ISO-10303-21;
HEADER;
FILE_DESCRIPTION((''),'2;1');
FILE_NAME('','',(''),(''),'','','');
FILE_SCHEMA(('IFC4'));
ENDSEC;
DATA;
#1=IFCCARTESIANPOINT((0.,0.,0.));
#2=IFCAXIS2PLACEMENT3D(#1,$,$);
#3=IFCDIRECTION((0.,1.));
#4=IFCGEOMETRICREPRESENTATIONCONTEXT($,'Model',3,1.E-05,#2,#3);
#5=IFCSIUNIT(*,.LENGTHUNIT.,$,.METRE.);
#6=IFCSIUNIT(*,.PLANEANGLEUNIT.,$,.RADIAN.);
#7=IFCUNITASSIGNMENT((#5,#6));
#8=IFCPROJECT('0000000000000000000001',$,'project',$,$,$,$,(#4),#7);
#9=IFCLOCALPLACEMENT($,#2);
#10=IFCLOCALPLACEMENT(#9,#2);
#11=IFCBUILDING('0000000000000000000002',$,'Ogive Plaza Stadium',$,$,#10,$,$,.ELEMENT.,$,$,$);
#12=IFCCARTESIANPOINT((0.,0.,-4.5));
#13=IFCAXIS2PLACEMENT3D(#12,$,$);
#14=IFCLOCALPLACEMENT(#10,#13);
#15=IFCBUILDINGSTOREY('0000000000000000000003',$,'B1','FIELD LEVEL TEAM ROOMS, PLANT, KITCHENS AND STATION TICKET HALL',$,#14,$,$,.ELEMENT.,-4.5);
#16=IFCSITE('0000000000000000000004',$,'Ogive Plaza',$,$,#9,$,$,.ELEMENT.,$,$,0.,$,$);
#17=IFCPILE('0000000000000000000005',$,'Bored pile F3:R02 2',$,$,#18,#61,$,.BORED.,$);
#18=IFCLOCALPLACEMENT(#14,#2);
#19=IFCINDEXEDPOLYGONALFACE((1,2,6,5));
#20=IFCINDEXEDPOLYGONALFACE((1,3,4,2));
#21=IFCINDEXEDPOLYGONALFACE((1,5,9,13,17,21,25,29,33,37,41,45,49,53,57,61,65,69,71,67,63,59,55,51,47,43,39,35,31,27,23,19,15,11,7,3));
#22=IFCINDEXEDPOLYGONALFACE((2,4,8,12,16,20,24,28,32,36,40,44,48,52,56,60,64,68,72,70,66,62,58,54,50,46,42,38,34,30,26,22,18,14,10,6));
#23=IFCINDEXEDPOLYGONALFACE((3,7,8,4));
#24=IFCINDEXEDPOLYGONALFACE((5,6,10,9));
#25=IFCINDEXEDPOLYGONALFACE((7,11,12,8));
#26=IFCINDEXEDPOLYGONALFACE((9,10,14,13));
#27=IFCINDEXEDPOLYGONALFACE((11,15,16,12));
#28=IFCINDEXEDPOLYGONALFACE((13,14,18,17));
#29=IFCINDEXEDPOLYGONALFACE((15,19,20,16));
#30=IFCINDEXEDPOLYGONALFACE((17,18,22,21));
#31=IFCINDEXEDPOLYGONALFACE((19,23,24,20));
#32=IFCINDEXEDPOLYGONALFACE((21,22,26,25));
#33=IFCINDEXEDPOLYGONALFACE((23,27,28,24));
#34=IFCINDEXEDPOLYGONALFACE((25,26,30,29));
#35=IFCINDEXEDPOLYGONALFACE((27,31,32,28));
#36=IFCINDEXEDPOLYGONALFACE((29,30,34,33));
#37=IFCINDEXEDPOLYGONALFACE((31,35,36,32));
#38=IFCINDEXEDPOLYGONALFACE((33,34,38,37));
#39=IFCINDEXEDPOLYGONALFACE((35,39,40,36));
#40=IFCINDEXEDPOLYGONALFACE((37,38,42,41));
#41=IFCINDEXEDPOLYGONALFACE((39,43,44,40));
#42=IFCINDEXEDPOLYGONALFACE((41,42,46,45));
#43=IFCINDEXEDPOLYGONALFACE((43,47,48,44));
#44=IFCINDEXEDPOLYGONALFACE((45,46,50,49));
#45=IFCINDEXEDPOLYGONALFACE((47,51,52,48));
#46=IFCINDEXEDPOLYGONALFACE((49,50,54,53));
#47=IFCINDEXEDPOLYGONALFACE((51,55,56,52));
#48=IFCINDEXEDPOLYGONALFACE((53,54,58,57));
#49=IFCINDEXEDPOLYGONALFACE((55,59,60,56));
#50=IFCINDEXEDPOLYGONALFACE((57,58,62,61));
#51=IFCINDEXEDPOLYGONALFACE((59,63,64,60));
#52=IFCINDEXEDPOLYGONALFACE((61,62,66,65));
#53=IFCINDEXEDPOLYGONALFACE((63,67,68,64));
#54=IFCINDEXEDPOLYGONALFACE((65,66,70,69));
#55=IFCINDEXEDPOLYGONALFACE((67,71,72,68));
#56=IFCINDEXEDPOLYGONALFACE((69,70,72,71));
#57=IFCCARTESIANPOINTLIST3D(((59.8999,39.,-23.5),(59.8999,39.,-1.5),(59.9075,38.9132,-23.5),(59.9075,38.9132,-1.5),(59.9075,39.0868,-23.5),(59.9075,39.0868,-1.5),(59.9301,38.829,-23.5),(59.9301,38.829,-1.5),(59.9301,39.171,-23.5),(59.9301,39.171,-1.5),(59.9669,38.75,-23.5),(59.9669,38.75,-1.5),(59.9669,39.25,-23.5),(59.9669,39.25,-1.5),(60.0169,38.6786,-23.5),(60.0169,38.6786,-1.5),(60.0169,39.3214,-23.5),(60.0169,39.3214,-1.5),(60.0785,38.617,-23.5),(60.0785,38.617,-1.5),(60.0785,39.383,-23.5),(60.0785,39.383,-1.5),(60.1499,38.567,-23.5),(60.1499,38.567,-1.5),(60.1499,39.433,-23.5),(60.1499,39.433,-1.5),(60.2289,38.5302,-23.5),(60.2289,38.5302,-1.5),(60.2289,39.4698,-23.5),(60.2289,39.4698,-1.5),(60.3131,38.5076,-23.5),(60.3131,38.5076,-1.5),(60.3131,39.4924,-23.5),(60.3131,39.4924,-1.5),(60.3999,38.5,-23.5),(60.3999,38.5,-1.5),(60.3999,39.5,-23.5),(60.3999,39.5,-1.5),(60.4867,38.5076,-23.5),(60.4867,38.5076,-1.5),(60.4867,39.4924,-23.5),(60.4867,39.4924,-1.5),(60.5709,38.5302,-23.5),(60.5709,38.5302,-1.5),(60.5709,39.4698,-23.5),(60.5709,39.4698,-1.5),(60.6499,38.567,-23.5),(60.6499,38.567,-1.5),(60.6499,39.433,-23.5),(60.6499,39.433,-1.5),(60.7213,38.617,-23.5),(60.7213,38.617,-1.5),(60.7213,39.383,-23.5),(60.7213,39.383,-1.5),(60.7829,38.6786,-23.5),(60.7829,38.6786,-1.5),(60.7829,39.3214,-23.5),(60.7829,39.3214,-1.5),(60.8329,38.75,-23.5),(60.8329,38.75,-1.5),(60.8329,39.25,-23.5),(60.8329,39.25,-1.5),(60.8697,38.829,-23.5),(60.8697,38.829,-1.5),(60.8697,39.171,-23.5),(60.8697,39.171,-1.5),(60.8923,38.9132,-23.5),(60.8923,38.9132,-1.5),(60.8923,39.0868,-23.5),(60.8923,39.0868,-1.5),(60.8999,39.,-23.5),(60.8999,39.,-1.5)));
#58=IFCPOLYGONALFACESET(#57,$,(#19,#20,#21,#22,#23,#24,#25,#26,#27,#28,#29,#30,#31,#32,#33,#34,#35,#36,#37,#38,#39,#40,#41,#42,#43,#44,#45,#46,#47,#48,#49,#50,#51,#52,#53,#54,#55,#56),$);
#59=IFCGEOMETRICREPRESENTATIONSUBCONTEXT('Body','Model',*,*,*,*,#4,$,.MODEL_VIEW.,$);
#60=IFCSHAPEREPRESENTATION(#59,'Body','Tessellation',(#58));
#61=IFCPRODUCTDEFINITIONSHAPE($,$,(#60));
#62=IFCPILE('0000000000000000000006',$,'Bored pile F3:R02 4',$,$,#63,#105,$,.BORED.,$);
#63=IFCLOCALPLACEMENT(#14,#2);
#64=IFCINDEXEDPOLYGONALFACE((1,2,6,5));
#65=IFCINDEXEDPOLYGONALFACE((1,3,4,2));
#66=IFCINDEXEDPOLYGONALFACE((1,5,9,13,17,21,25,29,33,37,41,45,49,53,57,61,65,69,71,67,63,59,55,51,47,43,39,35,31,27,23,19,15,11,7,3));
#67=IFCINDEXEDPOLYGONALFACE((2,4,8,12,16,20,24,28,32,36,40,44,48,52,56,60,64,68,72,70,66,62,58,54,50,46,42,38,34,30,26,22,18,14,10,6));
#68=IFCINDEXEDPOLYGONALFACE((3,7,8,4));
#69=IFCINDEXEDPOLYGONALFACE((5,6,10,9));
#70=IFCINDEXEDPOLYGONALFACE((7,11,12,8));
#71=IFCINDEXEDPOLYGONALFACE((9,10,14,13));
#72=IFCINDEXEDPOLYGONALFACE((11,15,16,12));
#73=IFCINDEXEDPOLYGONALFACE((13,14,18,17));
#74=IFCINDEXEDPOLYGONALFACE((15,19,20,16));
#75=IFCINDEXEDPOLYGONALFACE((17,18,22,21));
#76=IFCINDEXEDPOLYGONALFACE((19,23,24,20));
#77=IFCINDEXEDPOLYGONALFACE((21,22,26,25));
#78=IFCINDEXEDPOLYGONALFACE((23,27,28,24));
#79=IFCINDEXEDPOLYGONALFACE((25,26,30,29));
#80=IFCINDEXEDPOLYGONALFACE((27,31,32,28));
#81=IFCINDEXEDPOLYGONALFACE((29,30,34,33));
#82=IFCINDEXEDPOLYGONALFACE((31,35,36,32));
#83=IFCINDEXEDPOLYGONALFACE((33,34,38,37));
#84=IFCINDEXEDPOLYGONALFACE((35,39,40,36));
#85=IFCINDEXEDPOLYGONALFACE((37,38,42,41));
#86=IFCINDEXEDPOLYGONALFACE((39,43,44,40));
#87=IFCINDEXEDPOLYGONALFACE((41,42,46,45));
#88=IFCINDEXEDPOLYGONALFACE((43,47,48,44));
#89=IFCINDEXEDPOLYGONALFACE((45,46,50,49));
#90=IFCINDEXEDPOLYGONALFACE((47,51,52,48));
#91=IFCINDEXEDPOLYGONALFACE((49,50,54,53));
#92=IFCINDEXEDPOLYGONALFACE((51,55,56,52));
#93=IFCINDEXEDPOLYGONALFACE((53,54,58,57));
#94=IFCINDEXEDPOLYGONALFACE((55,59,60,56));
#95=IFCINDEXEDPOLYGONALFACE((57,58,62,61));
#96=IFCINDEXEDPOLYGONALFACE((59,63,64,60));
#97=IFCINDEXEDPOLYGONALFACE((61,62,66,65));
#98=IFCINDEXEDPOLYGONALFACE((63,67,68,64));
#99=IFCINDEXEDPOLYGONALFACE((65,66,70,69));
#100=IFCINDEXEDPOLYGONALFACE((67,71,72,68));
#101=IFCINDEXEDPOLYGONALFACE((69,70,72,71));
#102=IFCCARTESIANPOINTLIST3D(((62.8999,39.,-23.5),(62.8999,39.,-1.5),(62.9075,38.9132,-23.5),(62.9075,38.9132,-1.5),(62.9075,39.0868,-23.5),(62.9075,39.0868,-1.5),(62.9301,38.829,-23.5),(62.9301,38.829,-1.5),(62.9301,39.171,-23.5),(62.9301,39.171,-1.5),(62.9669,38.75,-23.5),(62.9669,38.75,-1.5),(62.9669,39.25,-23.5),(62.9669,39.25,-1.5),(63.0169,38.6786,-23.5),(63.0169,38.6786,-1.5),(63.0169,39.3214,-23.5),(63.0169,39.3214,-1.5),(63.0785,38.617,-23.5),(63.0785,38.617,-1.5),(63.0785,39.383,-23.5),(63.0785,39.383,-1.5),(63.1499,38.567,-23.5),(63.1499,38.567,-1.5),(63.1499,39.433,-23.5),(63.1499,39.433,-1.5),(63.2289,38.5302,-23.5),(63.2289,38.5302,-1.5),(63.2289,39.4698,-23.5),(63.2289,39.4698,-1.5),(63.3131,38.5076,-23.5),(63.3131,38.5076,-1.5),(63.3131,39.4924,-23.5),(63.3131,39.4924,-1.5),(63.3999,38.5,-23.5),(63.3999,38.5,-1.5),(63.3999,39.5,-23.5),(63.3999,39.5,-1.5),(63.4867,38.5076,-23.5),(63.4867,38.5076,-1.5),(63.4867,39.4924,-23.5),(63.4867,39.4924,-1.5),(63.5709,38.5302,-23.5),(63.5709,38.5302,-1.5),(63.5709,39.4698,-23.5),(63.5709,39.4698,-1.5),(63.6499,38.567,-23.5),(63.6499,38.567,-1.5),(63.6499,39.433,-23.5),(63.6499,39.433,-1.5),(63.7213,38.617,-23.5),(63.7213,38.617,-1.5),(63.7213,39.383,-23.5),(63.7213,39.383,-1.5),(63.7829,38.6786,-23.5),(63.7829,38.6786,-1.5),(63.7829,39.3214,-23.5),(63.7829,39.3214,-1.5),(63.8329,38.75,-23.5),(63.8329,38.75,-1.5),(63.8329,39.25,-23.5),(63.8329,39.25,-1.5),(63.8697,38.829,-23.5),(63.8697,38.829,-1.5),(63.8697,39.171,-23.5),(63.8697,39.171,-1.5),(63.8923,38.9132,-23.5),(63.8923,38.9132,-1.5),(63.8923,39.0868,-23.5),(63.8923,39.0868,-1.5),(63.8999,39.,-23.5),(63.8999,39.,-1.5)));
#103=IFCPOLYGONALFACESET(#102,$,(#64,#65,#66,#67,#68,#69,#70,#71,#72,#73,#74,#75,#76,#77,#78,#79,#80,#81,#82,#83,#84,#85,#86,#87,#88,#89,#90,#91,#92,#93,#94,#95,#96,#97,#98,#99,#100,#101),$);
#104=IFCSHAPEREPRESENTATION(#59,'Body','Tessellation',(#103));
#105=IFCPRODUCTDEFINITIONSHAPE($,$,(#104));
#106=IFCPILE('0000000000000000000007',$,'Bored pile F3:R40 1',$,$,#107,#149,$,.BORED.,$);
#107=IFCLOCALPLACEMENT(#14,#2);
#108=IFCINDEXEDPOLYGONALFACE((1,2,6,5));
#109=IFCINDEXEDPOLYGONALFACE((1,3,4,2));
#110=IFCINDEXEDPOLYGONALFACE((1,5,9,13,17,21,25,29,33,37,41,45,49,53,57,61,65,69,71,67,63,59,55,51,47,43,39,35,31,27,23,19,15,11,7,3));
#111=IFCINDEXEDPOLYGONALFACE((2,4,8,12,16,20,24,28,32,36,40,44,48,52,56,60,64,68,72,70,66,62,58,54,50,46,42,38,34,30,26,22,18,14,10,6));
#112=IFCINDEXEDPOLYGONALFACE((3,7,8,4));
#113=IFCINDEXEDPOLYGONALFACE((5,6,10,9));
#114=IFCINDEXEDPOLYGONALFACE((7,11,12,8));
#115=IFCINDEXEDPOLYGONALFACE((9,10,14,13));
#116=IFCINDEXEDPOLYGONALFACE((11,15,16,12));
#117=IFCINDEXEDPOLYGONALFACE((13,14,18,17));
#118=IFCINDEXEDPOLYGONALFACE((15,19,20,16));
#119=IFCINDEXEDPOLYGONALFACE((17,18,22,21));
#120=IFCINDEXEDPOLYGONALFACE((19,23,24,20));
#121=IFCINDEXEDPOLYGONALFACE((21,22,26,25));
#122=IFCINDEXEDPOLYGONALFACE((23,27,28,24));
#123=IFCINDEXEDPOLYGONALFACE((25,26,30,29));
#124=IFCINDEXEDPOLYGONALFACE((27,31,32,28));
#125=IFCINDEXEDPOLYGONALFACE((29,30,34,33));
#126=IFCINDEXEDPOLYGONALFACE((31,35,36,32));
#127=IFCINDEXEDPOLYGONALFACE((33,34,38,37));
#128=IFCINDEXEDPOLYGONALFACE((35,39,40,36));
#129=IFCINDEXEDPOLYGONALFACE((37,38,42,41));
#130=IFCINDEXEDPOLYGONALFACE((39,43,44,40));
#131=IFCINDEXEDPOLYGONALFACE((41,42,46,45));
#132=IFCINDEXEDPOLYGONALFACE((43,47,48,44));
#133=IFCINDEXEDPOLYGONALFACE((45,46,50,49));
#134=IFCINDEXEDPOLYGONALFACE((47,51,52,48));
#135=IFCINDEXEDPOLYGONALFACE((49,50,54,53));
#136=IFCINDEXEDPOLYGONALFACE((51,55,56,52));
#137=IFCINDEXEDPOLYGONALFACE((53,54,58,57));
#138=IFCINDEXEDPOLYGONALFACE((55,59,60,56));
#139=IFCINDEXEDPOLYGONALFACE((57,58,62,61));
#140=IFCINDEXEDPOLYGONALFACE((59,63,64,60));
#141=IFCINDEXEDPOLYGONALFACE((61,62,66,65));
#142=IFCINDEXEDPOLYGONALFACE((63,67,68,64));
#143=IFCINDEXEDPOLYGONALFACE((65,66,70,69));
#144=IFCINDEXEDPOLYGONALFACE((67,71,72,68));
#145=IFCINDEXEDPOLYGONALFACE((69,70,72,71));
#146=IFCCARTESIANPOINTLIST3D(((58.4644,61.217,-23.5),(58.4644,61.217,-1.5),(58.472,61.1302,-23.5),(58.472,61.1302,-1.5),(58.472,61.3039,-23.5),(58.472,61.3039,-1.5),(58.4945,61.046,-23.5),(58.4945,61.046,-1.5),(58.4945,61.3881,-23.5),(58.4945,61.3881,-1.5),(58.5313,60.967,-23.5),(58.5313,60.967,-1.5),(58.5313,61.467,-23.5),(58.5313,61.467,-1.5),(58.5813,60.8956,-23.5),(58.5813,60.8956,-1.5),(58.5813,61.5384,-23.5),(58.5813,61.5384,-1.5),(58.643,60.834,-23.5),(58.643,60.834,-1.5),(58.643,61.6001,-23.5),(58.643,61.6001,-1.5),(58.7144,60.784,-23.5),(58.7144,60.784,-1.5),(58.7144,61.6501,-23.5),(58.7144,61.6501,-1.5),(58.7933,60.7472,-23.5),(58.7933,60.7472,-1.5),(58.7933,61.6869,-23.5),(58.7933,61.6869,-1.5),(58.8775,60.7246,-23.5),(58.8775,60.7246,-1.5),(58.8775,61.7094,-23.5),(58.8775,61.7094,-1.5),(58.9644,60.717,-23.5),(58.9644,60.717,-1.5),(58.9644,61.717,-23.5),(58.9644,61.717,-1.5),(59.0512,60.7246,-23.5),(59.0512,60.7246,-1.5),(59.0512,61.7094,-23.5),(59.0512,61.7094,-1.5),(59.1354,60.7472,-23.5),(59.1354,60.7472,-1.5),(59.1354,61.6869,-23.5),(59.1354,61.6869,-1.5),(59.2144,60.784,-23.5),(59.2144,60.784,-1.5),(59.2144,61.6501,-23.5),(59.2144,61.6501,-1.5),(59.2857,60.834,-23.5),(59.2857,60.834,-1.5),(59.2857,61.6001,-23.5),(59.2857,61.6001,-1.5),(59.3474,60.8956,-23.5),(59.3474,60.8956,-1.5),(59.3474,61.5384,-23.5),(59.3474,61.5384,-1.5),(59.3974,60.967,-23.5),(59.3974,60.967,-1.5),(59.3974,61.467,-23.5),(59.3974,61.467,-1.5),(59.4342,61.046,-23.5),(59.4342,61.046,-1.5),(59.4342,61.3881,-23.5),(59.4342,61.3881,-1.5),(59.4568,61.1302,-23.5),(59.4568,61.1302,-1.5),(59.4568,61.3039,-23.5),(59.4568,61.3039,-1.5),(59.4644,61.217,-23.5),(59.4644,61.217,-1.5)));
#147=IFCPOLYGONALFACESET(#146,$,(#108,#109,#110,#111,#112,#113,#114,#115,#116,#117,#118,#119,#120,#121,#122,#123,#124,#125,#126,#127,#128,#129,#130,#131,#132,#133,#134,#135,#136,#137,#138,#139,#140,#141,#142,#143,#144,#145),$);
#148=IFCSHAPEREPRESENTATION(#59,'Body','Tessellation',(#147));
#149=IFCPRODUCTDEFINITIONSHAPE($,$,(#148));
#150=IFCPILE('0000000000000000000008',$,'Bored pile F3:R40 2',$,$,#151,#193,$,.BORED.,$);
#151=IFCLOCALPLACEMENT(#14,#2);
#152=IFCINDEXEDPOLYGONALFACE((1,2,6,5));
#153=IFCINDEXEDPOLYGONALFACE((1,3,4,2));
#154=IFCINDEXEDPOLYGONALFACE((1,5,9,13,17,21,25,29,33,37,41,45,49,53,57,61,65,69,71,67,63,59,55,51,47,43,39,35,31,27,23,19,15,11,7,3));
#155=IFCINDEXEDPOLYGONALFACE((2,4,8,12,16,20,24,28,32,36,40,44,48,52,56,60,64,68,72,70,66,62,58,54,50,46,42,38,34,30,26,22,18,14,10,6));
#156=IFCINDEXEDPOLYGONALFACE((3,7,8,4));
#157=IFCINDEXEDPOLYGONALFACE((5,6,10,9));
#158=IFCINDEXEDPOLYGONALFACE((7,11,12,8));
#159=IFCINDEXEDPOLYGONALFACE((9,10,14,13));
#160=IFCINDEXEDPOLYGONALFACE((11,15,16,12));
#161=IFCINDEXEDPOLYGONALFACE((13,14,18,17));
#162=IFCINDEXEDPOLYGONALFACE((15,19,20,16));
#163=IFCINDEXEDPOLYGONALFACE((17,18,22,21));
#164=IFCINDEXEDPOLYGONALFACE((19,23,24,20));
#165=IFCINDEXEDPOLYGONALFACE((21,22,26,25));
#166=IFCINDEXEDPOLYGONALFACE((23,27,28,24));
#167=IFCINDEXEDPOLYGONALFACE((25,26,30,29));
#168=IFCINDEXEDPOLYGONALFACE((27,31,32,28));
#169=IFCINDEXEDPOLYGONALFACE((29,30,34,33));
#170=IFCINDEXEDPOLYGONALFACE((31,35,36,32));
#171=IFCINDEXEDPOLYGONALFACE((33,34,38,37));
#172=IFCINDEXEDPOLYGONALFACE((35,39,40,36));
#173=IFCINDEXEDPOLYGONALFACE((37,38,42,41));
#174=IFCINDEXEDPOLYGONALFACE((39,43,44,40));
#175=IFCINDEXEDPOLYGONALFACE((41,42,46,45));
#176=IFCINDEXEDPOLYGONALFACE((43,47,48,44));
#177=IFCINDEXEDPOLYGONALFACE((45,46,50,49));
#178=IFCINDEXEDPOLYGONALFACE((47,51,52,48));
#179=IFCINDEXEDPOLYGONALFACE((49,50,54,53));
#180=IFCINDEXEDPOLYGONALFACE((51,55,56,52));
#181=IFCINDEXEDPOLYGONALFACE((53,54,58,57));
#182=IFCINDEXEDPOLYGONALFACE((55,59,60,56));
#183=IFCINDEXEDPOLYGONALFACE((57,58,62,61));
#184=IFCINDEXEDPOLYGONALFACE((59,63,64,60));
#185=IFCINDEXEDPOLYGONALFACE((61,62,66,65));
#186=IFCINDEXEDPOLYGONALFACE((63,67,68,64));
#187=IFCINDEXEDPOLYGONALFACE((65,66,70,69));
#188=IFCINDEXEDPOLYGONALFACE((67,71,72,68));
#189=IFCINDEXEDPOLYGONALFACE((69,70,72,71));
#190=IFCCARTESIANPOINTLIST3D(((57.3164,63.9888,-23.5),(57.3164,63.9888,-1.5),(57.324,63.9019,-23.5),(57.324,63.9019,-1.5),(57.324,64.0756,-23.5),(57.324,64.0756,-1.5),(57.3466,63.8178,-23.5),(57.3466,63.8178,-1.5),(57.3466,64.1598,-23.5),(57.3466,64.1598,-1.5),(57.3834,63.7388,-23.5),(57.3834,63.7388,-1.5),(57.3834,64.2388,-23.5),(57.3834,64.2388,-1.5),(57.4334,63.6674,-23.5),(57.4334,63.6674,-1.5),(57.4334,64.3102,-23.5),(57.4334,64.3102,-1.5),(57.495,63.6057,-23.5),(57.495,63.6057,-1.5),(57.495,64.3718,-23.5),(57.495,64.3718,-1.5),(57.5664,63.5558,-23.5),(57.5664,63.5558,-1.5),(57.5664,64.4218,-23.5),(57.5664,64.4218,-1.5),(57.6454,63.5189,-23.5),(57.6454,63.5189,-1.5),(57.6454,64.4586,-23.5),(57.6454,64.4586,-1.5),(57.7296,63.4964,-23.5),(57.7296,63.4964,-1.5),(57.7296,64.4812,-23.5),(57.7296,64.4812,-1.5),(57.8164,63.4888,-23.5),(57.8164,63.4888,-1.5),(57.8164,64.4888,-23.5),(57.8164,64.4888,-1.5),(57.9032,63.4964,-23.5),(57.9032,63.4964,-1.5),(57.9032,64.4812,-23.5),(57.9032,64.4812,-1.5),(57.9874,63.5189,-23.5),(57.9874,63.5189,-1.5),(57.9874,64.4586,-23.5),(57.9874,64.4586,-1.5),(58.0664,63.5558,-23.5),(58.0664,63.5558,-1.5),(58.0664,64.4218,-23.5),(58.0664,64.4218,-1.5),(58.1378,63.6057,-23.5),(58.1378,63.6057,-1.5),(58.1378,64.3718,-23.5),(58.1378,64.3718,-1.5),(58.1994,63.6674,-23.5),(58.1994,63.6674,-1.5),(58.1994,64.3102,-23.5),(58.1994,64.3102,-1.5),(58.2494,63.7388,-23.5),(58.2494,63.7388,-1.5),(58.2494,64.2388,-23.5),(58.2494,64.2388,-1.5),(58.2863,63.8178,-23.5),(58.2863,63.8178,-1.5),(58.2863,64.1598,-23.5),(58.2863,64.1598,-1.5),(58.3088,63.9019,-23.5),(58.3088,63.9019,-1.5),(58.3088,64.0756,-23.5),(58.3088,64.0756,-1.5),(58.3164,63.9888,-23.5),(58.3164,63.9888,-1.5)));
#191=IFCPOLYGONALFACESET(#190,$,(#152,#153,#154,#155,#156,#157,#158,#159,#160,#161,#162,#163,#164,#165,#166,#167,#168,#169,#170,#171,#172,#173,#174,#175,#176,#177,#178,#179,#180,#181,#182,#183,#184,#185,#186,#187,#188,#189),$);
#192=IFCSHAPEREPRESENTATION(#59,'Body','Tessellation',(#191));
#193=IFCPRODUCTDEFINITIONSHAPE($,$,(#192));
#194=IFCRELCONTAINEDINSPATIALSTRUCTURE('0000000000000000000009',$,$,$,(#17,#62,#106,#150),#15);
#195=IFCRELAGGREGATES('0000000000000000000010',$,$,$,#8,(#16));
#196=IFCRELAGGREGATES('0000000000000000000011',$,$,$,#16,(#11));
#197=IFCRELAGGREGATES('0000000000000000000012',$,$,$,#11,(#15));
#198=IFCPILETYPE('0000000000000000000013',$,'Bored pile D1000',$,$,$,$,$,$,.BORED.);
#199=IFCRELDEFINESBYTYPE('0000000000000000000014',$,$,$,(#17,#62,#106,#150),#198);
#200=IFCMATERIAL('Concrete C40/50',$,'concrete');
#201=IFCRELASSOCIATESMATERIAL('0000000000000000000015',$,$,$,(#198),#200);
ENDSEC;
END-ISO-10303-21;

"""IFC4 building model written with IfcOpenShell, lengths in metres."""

from ifc_helpers import new_model, si_unit, direction, frame, origin, origin_2d, place, context, subcontext, project, spatial, circle, extrude, material, material_profile, profile_set, type_object, element, save


model = new_model("IFC4")

# Units and contexts
model_context = context("Model", 3, precision=1e-05, world=origin(), true_north=direction((0.0, 1.0)))
body_context = subcontext(model_context, "Body", "Model", "MODEL_VIEW")
ifc_project = project(units=[si_unit("LENGTHUNIT", "METRE"), si_unit("PLANEANGLEUNIT", "RADIAN")], contexts=[model_context])

# Site, building, storey
site_placement = place(None, origin())
site = spatial("IfcSite", under=ifc_project, at=site_placement, Name="Ogive Plaza", CompositionType="ELEMENT", RefElevation=0.0)
building_placement = place(site_placement, origin())
building = spatial("IfcBuilding", under=site, at=building_placement, Name="Ogive Plaza Stadium", CompositionType="ELEMENT")
storey_placement = place(building_placement, frame((0.0, 0.0, -4.5)))
storey = spatial("IfcBuildingStorey", under=building, at=storey_placement, Name="B1", Description="FIELD LEVEL TEAM ROOMS, PLANT, KITCHENS AND STATION TICKET HALL", CompositionType="ELEMENT", Elevation=-4.5)

# Piles
ifc_material_1 = material(Name="Concrete C40/50", Category="concrete")
ifc_material_profile_1 = material_profile(ifc_material_1, circle(Radius=0.5, at=origin_2d()), Name="RC D1000")
ifc_profile_set_1 = profile_set([ifc_material_profile_1], Name="Concrete C40/50")
pile_type_1 = type_object("IfcPileType", Name="Bored pile D1000", PredefinedType="BORED", material=ifc_profile_set_1)
for number, where, z_axis, x_axis, name in (
    (1, (60.3999, 39.0, -1.5), (0.0, 0.0, -1.0), (1.0, 0.0, 0.0), "Bored pile F3:R02 2"),
    (2, (63.3999, 39.0, -1.5), (0.0, 0.0, -1.0), (1.0, 0.0, 0.0), "Bored pile F3:R02 4"),
    (3, (58.9644, 61.217, -1.5), (0.0, 0.0, -1.0), (1.0, 0.0, 0.0), "Bored pile F3:R40 1"),
    (4, (57.8164, 63.9888, -1.5), (0.0, 0.0, -1.0), (1.0, 0.0, 0.0), "Bored pile F3:R40 2"),
):
    element("IfcPile", number, at=place(storey_placement, frame(where, z_axis=z_axis, x_axis=x_axis)), inside=storey, type_object=pile_type_1, Name=name, PredefinedType="BORED", context=body_context, shape_type="SweptSolid", body=[
        extrude(circle(Radius=0.5, at=origin_2d()), origin(), (0.0, 0.0, 1.0), 22.0),
    ])

save(model, "model.ifc")
